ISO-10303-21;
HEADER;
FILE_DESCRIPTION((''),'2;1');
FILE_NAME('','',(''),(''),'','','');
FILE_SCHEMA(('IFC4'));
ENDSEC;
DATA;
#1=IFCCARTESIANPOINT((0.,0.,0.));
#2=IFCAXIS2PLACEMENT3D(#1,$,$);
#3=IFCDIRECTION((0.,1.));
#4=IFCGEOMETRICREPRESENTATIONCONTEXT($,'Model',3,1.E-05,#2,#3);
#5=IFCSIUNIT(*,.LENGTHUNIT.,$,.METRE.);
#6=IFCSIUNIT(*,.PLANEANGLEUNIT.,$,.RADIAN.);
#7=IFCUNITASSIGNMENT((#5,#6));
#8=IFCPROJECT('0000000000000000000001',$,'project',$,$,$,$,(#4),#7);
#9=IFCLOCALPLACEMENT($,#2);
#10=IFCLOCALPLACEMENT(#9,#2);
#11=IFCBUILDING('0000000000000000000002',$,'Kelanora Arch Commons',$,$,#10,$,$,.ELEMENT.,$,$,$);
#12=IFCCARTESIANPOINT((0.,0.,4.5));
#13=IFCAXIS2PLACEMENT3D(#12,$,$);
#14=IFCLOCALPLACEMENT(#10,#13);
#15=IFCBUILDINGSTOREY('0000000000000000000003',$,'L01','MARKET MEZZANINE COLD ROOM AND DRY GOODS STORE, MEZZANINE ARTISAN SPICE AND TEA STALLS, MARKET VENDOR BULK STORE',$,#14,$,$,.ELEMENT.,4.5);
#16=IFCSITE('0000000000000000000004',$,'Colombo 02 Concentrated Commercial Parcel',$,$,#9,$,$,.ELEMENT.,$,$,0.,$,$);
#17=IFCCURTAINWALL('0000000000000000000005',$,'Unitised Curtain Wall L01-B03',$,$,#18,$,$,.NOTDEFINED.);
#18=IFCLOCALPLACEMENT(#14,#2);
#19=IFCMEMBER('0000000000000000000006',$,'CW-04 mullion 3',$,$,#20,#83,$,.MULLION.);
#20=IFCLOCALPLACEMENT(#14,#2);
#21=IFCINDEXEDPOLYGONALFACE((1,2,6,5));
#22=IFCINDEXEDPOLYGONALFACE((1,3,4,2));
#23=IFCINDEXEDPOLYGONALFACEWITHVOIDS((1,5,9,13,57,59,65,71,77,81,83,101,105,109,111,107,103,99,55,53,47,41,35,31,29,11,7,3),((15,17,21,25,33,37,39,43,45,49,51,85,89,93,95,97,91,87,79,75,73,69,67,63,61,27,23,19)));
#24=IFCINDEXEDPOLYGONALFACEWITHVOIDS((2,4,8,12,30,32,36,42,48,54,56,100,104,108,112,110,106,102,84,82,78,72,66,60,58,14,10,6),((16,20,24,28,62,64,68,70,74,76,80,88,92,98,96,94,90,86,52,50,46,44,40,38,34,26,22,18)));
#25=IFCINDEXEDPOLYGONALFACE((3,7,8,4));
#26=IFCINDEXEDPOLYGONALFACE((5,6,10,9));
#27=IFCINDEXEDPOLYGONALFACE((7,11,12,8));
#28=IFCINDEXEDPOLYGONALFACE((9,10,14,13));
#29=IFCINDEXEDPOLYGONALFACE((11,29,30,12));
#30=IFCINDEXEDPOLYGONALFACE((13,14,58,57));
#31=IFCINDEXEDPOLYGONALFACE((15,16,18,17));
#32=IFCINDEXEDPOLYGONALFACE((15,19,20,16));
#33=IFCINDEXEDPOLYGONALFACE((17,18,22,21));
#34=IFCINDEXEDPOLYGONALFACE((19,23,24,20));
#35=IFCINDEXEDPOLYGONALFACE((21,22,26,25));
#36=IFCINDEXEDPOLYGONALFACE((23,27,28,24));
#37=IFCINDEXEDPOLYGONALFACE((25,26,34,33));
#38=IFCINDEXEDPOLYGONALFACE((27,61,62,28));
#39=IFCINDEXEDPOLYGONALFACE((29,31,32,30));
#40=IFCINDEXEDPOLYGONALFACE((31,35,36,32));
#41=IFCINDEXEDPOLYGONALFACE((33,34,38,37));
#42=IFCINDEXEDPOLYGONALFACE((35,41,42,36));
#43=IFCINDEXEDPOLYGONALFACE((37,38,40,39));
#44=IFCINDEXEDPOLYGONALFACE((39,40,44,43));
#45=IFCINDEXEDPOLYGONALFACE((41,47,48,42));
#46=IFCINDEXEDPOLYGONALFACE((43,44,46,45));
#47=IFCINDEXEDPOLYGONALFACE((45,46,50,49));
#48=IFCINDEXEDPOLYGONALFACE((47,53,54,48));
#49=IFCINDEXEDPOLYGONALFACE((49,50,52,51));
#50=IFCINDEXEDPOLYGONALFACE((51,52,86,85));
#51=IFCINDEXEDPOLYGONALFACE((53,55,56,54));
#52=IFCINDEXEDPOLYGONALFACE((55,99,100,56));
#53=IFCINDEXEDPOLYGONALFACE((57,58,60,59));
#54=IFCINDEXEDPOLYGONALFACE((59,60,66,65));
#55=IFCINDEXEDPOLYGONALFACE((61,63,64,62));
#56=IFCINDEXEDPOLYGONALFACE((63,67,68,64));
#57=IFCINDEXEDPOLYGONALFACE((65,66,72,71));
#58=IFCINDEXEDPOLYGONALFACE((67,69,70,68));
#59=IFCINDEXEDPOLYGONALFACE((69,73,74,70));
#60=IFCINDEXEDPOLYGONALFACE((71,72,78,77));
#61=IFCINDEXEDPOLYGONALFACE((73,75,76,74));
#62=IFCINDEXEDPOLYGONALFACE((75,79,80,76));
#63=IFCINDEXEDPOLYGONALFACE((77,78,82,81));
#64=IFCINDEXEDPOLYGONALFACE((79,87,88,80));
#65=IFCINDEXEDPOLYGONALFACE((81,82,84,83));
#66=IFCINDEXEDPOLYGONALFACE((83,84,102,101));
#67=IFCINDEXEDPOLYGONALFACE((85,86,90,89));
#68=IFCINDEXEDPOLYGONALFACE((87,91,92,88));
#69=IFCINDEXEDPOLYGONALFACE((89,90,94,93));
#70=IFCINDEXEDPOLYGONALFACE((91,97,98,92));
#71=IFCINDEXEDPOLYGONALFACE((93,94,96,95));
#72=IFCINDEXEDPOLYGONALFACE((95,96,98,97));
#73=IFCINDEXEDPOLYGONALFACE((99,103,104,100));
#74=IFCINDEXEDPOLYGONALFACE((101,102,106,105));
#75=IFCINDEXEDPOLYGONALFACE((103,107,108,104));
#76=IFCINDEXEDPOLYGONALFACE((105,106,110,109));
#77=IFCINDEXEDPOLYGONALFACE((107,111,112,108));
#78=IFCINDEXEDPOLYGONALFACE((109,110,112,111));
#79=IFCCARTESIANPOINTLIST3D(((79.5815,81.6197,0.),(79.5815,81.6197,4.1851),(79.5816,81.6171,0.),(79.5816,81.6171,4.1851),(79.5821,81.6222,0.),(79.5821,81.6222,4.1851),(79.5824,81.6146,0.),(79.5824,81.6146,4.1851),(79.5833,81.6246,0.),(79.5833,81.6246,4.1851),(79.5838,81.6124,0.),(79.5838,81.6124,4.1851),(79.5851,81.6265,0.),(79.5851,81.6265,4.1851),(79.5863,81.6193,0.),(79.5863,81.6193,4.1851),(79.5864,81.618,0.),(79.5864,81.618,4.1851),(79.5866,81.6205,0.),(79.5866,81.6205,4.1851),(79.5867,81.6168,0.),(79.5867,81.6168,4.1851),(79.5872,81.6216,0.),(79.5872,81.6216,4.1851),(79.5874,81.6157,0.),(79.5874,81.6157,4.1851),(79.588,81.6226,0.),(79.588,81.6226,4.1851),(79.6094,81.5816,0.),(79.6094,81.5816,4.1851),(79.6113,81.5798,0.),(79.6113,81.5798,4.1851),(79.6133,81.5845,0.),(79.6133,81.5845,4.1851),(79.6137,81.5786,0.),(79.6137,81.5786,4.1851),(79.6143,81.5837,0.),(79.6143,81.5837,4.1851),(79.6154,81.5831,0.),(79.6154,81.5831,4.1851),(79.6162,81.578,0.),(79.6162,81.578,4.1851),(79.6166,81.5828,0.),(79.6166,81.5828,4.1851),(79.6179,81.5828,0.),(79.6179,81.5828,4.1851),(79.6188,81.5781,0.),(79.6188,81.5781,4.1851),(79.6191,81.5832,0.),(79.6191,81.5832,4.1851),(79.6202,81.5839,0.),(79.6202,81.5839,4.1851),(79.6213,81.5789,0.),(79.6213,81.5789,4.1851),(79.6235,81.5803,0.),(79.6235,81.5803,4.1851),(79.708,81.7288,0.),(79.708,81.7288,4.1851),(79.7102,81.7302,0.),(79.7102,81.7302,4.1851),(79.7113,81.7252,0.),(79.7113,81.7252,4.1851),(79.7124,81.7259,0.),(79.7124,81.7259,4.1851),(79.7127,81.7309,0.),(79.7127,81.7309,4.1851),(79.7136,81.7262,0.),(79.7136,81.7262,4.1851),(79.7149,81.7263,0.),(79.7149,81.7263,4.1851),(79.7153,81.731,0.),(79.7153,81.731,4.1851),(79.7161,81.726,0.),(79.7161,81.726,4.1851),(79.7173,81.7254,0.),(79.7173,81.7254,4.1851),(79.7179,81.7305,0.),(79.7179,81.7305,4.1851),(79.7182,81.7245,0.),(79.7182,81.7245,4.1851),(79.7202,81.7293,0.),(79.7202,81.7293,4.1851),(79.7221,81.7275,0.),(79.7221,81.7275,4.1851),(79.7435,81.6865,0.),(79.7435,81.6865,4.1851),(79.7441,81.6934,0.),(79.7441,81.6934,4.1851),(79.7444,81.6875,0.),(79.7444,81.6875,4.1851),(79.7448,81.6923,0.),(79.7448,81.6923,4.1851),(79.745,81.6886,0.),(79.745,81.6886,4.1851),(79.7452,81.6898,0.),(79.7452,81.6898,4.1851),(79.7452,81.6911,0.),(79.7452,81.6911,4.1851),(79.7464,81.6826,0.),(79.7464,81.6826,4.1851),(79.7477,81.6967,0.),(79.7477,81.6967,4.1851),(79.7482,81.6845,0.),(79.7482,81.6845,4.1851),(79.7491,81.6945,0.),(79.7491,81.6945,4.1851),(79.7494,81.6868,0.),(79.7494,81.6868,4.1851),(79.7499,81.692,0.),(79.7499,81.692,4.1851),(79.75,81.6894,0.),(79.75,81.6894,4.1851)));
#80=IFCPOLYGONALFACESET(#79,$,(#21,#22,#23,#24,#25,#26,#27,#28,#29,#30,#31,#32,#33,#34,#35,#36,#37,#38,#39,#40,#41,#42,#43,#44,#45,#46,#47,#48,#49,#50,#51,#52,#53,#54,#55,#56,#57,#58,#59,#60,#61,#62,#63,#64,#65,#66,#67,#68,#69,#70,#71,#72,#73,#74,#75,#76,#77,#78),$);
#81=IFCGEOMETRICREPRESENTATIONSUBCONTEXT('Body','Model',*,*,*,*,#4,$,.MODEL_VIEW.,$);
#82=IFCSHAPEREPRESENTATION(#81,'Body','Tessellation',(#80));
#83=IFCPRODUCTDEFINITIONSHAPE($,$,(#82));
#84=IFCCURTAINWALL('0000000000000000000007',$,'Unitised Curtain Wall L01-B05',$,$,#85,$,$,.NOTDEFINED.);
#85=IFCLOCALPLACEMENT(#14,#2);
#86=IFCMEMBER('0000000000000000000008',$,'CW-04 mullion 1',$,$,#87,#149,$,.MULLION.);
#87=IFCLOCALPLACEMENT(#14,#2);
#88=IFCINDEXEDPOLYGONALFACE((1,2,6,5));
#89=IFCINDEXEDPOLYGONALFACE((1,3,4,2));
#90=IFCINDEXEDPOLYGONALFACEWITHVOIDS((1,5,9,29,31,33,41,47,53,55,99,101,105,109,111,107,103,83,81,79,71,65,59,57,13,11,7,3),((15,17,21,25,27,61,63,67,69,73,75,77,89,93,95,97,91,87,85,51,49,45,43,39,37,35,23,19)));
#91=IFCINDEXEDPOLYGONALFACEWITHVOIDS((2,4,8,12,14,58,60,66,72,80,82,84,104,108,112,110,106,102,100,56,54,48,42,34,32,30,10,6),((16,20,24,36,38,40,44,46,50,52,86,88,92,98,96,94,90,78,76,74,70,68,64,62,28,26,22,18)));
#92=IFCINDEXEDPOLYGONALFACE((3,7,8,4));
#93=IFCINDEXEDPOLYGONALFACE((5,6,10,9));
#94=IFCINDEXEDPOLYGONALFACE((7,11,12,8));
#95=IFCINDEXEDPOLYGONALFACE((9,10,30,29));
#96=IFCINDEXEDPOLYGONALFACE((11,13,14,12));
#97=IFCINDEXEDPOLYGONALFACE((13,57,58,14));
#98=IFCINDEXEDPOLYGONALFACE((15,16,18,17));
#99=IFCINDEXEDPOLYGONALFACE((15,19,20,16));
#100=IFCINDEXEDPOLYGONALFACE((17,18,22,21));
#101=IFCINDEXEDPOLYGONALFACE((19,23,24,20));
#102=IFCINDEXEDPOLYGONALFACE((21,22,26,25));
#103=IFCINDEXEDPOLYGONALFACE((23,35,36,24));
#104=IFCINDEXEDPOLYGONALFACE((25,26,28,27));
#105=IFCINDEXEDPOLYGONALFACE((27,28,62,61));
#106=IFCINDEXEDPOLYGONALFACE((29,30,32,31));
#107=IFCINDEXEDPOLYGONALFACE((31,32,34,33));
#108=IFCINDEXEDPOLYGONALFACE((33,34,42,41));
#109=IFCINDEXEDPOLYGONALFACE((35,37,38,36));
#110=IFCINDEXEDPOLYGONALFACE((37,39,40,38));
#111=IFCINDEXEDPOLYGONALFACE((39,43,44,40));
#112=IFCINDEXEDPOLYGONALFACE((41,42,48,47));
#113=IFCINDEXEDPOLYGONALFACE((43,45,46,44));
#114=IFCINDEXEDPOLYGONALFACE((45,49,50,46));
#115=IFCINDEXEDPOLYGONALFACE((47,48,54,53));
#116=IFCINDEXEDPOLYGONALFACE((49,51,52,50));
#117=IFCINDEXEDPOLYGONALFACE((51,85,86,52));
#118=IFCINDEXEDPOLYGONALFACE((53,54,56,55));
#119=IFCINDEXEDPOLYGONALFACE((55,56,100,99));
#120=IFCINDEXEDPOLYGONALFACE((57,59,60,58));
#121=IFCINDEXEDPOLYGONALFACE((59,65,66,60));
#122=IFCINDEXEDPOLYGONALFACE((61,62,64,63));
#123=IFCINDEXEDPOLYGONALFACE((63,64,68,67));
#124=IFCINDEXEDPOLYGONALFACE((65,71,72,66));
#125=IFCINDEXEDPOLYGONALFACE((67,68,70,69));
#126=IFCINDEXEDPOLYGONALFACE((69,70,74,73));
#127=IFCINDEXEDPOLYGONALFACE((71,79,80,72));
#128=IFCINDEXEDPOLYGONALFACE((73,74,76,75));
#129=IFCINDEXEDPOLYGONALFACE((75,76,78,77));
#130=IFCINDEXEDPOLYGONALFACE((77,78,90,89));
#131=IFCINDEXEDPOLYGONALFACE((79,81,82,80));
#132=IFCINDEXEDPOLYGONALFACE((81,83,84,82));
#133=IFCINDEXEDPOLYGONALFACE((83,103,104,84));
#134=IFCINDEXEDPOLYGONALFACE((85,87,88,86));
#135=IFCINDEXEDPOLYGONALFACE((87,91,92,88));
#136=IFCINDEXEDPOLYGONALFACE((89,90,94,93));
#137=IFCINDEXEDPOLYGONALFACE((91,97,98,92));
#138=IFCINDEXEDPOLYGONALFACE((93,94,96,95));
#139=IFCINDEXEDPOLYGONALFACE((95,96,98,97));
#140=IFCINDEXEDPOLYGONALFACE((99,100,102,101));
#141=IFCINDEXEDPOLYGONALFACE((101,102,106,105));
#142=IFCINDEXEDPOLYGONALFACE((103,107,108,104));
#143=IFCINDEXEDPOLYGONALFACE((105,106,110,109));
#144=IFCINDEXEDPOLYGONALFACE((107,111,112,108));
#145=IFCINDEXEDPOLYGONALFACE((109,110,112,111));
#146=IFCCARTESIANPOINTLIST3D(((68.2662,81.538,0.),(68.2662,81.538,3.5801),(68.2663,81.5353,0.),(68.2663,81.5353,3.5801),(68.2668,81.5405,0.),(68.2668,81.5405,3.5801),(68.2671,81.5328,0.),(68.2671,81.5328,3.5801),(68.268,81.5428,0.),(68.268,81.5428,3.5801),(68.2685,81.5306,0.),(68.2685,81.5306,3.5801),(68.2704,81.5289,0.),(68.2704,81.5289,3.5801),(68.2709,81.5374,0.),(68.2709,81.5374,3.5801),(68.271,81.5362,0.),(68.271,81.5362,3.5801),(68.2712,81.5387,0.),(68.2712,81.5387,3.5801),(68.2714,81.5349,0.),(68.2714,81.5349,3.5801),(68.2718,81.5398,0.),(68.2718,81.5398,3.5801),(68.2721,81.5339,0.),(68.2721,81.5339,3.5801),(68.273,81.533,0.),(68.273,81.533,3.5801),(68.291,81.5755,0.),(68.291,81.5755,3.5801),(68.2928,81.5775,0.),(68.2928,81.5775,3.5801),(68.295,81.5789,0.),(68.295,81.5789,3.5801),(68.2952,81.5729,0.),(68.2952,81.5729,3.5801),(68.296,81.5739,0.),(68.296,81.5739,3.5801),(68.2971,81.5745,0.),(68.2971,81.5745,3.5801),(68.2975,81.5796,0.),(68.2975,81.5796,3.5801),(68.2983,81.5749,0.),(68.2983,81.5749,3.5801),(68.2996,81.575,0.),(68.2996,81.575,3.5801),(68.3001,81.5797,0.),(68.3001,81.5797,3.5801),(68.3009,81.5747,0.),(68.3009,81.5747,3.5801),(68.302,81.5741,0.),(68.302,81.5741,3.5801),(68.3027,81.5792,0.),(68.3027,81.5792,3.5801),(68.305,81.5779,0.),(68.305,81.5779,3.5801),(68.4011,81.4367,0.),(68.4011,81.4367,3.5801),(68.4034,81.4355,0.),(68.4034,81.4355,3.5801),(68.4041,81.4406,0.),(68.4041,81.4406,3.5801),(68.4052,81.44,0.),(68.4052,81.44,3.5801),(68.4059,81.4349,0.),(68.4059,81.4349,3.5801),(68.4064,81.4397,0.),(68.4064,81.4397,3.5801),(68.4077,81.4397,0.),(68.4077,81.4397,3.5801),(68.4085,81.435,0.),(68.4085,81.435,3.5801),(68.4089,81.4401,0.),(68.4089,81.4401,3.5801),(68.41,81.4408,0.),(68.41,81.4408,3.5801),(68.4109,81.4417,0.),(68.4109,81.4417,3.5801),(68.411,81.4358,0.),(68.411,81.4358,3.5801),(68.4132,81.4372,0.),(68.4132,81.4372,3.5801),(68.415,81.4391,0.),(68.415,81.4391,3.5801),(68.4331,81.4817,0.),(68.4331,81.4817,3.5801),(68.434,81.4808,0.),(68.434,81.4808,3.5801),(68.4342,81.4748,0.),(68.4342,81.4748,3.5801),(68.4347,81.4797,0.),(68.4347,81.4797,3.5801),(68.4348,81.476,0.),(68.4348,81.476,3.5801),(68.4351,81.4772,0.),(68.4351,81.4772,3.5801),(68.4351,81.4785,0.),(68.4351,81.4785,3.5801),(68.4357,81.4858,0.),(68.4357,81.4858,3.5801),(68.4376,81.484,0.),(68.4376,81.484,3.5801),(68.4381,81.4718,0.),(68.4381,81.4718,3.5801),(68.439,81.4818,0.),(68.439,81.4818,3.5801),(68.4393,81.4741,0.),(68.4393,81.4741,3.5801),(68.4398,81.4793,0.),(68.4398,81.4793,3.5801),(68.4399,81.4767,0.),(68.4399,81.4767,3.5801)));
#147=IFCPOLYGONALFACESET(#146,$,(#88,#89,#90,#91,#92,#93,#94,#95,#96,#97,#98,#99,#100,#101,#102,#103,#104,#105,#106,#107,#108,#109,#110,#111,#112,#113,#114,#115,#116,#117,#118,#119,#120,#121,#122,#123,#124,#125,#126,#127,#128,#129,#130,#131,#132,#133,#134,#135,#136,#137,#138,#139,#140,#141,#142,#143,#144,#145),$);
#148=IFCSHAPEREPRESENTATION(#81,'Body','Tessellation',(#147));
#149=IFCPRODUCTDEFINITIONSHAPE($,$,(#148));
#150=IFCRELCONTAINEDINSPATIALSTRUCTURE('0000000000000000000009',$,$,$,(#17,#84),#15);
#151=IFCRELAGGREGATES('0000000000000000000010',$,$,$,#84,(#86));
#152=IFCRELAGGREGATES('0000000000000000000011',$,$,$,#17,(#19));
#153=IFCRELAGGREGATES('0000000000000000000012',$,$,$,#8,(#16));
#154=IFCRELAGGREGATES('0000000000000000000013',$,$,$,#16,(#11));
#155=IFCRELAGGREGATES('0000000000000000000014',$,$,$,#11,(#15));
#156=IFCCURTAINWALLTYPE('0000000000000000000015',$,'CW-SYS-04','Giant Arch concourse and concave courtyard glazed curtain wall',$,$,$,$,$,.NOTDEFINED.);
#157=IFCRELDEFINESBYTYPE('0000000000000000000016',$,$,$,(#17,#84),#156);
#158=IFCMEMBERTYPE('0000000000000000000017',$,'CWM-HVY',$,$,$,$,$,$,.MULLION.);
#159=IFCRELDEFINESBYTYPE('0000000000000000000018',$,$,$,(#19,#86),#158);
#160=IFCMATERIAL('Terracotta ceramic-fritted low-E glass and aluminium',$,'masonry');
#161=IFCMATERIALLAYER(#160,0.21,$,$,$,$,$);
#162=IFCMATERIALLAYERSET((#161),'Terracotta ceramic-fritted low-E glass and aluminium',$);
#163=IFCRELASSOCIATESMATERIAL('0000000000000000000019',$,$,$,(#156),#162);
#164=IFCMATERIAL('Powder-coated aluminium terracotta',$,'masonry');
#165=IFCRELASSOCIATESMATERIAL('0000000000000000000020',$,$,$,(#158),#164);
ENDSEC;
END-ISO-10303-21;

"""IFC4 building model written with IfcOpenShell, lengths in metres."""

from ifc_helpers import new_model, si_unit, direction, frame, origin, origin_2d, place, context, subcontext, project, spatial, hollow_rectangle, extrude, material, layer, layer_set, material_profile, profile_set, type_object, element, aggregate, save


model = new_model("IFC4")

# Units and contexts
model_context = context("Model", 3, precision=1e-05, world=origin(), true_north=direction((0.0, 1.0)))
body_context = subcontext(model_context, "Body", "Model", "MODEL_VIEW")
ifc_project = project(units=[si_unit("LENGTHUNIT", "METRE"), si_unit("PLANEANGLEUNIT", "RADIAN")], contexts=[model_context])

# Site, building, storey
site_placement = place(None, origin())
site = spatial("IfcSite", under=ifc_project, at=site_placement, Name="Colombo 02 Concentrated Commercial Parcel", CompositionType="ELEMENT", RefElevation=0.0)
building_placement = place(site_placement, origin())
building = spatial("IfcBuilding", under=site, at=building_placement, Name="Kelanora Arch Commons", CompositionType="ELEMENT")
storey_placement = place(building_placement, frame((0.0, 0.0, 4.5)))
storey = spatial("IfcBuildingStorey", under=building, at=storey_placement, Name="L01", Description="MARKET MEZZANINE COLD ROOM AND DRY GOODS STORE, MEZZANINE ARTISAN SPICE AND TEA STALLS, MARKET VENDOR BULK STORE", CompositionType="ELEMENT", Elevation=4.5)

# Curtain wall, member
ifc_material_1 = material(Name="Terracotta ceramic-fritted low-E glass and aluminium", Category="masonry")
ifc_layer_1 = layer(ifc_material_1, 0.21)
ifc_layer_set_1 = layer_set([ifc_layer_1], Name="Terracotta ceramic-fritted low-E glass and aluminium")
curtain_wall_type = type_object("IfcCurtainWallType", Name="CW-SYS-04", Description="Giant Arch concourse and concave courtyard glazed curtain wall", PredefinedType="NOTDEFINED", material=ifc_layer_set_1)
curtain_wall_1_placement = place(storey_placement, origin())
curtain_wall_1 = element("IfcCurtainWall", 1, at=curtain_wall_1_placement, inside=storey, type_object=curtain_wall_type, Name="Unitised Curtain Wall L01-B03", PredefinedType="NOTDEFINED")
ifc_material_2 = material(Name="Powder-coated aluminium terracotta", Category="masonry")
ifc_material_profile_1 = material_profile(ifc_material_2, hollow_rectangle(XDim=0.1799, YDim=0.0601, WallThickness=0.0049, InnerFilletRadius=0.0049, OuterFilletRadius=0.01, at=origin_2d()), Name="CWM180x60")
ifc_profile_set_1 = profile_set([ifc_material_profile_1], Name="Powder-coated aluminium terracotta")
member_type_1 = type_object("IfcMemberType", Name="CWM-HVY", PredefinedType="MULLION", material=ifc_profile_set_1)
member_1_placement = place(storey_placement, frame((79.6658, 81.6545, 0.0), z_axis=(0.0, 0.0, 1.0), x_axis=(-0.768623, -0.639702, 0.0)))
member_1 = element("IfcMember", 2, at=member_1_placement, type_object=member_type_1, Name="CW-04 mullion 3", PredefinedType="MULLION", context=body_context, shape_type="SweptSolid", body=[
    extrude(hollow_rectangle(XDim=0.1799, YDim=0.0601, WallThickness=0.0049, InnerFilletRadius=0.0049, OuterFilletRadius=0.01, at=origin_2d()), origin(), (0.0, 0.0, 1.0), 4.1851),
])

# Curtain wall, member
curtain_wall_2_placement = place(storey_placement, origin())
curtain_wall_2 = element("IfcCurtainWall", 3, at=curtain_wall_2_placement, inside=storey, type_object=curtain_wall_type, Name="Unitised Curtain Wall L01-B05", PredefinedType="NOTDEFINED")
member_2_placement = place(storey_placement, frame((68.353, 81.5073, 0.0), z_axis=(0.0, 0.0, 1.0), x_axis=(0.817206, -0.576345, 0.0)))
member_2 = element("IfcMember", 4, at=member_2_placement, type_object=member_type_1, Name="CW-04 mullion 1", PredefinedType="MULLION", context=body_context, shape_type="SweptSolid", body=[
    extrude(hollow_rectangle(XDim=0.1799, YDim=0.0601, WallThickness=0.0049, InnerFilletRadius=0.0049, OuterFilletRadius=0.01, at=origin_2d()), origin(), (0.0, 0.0, 1.0), 3.5801),
])
aggregate(curtain_wall_2, [member_2])

aggregate(curtain_wall_1, [member_1])

save(model, "model.ifc")
